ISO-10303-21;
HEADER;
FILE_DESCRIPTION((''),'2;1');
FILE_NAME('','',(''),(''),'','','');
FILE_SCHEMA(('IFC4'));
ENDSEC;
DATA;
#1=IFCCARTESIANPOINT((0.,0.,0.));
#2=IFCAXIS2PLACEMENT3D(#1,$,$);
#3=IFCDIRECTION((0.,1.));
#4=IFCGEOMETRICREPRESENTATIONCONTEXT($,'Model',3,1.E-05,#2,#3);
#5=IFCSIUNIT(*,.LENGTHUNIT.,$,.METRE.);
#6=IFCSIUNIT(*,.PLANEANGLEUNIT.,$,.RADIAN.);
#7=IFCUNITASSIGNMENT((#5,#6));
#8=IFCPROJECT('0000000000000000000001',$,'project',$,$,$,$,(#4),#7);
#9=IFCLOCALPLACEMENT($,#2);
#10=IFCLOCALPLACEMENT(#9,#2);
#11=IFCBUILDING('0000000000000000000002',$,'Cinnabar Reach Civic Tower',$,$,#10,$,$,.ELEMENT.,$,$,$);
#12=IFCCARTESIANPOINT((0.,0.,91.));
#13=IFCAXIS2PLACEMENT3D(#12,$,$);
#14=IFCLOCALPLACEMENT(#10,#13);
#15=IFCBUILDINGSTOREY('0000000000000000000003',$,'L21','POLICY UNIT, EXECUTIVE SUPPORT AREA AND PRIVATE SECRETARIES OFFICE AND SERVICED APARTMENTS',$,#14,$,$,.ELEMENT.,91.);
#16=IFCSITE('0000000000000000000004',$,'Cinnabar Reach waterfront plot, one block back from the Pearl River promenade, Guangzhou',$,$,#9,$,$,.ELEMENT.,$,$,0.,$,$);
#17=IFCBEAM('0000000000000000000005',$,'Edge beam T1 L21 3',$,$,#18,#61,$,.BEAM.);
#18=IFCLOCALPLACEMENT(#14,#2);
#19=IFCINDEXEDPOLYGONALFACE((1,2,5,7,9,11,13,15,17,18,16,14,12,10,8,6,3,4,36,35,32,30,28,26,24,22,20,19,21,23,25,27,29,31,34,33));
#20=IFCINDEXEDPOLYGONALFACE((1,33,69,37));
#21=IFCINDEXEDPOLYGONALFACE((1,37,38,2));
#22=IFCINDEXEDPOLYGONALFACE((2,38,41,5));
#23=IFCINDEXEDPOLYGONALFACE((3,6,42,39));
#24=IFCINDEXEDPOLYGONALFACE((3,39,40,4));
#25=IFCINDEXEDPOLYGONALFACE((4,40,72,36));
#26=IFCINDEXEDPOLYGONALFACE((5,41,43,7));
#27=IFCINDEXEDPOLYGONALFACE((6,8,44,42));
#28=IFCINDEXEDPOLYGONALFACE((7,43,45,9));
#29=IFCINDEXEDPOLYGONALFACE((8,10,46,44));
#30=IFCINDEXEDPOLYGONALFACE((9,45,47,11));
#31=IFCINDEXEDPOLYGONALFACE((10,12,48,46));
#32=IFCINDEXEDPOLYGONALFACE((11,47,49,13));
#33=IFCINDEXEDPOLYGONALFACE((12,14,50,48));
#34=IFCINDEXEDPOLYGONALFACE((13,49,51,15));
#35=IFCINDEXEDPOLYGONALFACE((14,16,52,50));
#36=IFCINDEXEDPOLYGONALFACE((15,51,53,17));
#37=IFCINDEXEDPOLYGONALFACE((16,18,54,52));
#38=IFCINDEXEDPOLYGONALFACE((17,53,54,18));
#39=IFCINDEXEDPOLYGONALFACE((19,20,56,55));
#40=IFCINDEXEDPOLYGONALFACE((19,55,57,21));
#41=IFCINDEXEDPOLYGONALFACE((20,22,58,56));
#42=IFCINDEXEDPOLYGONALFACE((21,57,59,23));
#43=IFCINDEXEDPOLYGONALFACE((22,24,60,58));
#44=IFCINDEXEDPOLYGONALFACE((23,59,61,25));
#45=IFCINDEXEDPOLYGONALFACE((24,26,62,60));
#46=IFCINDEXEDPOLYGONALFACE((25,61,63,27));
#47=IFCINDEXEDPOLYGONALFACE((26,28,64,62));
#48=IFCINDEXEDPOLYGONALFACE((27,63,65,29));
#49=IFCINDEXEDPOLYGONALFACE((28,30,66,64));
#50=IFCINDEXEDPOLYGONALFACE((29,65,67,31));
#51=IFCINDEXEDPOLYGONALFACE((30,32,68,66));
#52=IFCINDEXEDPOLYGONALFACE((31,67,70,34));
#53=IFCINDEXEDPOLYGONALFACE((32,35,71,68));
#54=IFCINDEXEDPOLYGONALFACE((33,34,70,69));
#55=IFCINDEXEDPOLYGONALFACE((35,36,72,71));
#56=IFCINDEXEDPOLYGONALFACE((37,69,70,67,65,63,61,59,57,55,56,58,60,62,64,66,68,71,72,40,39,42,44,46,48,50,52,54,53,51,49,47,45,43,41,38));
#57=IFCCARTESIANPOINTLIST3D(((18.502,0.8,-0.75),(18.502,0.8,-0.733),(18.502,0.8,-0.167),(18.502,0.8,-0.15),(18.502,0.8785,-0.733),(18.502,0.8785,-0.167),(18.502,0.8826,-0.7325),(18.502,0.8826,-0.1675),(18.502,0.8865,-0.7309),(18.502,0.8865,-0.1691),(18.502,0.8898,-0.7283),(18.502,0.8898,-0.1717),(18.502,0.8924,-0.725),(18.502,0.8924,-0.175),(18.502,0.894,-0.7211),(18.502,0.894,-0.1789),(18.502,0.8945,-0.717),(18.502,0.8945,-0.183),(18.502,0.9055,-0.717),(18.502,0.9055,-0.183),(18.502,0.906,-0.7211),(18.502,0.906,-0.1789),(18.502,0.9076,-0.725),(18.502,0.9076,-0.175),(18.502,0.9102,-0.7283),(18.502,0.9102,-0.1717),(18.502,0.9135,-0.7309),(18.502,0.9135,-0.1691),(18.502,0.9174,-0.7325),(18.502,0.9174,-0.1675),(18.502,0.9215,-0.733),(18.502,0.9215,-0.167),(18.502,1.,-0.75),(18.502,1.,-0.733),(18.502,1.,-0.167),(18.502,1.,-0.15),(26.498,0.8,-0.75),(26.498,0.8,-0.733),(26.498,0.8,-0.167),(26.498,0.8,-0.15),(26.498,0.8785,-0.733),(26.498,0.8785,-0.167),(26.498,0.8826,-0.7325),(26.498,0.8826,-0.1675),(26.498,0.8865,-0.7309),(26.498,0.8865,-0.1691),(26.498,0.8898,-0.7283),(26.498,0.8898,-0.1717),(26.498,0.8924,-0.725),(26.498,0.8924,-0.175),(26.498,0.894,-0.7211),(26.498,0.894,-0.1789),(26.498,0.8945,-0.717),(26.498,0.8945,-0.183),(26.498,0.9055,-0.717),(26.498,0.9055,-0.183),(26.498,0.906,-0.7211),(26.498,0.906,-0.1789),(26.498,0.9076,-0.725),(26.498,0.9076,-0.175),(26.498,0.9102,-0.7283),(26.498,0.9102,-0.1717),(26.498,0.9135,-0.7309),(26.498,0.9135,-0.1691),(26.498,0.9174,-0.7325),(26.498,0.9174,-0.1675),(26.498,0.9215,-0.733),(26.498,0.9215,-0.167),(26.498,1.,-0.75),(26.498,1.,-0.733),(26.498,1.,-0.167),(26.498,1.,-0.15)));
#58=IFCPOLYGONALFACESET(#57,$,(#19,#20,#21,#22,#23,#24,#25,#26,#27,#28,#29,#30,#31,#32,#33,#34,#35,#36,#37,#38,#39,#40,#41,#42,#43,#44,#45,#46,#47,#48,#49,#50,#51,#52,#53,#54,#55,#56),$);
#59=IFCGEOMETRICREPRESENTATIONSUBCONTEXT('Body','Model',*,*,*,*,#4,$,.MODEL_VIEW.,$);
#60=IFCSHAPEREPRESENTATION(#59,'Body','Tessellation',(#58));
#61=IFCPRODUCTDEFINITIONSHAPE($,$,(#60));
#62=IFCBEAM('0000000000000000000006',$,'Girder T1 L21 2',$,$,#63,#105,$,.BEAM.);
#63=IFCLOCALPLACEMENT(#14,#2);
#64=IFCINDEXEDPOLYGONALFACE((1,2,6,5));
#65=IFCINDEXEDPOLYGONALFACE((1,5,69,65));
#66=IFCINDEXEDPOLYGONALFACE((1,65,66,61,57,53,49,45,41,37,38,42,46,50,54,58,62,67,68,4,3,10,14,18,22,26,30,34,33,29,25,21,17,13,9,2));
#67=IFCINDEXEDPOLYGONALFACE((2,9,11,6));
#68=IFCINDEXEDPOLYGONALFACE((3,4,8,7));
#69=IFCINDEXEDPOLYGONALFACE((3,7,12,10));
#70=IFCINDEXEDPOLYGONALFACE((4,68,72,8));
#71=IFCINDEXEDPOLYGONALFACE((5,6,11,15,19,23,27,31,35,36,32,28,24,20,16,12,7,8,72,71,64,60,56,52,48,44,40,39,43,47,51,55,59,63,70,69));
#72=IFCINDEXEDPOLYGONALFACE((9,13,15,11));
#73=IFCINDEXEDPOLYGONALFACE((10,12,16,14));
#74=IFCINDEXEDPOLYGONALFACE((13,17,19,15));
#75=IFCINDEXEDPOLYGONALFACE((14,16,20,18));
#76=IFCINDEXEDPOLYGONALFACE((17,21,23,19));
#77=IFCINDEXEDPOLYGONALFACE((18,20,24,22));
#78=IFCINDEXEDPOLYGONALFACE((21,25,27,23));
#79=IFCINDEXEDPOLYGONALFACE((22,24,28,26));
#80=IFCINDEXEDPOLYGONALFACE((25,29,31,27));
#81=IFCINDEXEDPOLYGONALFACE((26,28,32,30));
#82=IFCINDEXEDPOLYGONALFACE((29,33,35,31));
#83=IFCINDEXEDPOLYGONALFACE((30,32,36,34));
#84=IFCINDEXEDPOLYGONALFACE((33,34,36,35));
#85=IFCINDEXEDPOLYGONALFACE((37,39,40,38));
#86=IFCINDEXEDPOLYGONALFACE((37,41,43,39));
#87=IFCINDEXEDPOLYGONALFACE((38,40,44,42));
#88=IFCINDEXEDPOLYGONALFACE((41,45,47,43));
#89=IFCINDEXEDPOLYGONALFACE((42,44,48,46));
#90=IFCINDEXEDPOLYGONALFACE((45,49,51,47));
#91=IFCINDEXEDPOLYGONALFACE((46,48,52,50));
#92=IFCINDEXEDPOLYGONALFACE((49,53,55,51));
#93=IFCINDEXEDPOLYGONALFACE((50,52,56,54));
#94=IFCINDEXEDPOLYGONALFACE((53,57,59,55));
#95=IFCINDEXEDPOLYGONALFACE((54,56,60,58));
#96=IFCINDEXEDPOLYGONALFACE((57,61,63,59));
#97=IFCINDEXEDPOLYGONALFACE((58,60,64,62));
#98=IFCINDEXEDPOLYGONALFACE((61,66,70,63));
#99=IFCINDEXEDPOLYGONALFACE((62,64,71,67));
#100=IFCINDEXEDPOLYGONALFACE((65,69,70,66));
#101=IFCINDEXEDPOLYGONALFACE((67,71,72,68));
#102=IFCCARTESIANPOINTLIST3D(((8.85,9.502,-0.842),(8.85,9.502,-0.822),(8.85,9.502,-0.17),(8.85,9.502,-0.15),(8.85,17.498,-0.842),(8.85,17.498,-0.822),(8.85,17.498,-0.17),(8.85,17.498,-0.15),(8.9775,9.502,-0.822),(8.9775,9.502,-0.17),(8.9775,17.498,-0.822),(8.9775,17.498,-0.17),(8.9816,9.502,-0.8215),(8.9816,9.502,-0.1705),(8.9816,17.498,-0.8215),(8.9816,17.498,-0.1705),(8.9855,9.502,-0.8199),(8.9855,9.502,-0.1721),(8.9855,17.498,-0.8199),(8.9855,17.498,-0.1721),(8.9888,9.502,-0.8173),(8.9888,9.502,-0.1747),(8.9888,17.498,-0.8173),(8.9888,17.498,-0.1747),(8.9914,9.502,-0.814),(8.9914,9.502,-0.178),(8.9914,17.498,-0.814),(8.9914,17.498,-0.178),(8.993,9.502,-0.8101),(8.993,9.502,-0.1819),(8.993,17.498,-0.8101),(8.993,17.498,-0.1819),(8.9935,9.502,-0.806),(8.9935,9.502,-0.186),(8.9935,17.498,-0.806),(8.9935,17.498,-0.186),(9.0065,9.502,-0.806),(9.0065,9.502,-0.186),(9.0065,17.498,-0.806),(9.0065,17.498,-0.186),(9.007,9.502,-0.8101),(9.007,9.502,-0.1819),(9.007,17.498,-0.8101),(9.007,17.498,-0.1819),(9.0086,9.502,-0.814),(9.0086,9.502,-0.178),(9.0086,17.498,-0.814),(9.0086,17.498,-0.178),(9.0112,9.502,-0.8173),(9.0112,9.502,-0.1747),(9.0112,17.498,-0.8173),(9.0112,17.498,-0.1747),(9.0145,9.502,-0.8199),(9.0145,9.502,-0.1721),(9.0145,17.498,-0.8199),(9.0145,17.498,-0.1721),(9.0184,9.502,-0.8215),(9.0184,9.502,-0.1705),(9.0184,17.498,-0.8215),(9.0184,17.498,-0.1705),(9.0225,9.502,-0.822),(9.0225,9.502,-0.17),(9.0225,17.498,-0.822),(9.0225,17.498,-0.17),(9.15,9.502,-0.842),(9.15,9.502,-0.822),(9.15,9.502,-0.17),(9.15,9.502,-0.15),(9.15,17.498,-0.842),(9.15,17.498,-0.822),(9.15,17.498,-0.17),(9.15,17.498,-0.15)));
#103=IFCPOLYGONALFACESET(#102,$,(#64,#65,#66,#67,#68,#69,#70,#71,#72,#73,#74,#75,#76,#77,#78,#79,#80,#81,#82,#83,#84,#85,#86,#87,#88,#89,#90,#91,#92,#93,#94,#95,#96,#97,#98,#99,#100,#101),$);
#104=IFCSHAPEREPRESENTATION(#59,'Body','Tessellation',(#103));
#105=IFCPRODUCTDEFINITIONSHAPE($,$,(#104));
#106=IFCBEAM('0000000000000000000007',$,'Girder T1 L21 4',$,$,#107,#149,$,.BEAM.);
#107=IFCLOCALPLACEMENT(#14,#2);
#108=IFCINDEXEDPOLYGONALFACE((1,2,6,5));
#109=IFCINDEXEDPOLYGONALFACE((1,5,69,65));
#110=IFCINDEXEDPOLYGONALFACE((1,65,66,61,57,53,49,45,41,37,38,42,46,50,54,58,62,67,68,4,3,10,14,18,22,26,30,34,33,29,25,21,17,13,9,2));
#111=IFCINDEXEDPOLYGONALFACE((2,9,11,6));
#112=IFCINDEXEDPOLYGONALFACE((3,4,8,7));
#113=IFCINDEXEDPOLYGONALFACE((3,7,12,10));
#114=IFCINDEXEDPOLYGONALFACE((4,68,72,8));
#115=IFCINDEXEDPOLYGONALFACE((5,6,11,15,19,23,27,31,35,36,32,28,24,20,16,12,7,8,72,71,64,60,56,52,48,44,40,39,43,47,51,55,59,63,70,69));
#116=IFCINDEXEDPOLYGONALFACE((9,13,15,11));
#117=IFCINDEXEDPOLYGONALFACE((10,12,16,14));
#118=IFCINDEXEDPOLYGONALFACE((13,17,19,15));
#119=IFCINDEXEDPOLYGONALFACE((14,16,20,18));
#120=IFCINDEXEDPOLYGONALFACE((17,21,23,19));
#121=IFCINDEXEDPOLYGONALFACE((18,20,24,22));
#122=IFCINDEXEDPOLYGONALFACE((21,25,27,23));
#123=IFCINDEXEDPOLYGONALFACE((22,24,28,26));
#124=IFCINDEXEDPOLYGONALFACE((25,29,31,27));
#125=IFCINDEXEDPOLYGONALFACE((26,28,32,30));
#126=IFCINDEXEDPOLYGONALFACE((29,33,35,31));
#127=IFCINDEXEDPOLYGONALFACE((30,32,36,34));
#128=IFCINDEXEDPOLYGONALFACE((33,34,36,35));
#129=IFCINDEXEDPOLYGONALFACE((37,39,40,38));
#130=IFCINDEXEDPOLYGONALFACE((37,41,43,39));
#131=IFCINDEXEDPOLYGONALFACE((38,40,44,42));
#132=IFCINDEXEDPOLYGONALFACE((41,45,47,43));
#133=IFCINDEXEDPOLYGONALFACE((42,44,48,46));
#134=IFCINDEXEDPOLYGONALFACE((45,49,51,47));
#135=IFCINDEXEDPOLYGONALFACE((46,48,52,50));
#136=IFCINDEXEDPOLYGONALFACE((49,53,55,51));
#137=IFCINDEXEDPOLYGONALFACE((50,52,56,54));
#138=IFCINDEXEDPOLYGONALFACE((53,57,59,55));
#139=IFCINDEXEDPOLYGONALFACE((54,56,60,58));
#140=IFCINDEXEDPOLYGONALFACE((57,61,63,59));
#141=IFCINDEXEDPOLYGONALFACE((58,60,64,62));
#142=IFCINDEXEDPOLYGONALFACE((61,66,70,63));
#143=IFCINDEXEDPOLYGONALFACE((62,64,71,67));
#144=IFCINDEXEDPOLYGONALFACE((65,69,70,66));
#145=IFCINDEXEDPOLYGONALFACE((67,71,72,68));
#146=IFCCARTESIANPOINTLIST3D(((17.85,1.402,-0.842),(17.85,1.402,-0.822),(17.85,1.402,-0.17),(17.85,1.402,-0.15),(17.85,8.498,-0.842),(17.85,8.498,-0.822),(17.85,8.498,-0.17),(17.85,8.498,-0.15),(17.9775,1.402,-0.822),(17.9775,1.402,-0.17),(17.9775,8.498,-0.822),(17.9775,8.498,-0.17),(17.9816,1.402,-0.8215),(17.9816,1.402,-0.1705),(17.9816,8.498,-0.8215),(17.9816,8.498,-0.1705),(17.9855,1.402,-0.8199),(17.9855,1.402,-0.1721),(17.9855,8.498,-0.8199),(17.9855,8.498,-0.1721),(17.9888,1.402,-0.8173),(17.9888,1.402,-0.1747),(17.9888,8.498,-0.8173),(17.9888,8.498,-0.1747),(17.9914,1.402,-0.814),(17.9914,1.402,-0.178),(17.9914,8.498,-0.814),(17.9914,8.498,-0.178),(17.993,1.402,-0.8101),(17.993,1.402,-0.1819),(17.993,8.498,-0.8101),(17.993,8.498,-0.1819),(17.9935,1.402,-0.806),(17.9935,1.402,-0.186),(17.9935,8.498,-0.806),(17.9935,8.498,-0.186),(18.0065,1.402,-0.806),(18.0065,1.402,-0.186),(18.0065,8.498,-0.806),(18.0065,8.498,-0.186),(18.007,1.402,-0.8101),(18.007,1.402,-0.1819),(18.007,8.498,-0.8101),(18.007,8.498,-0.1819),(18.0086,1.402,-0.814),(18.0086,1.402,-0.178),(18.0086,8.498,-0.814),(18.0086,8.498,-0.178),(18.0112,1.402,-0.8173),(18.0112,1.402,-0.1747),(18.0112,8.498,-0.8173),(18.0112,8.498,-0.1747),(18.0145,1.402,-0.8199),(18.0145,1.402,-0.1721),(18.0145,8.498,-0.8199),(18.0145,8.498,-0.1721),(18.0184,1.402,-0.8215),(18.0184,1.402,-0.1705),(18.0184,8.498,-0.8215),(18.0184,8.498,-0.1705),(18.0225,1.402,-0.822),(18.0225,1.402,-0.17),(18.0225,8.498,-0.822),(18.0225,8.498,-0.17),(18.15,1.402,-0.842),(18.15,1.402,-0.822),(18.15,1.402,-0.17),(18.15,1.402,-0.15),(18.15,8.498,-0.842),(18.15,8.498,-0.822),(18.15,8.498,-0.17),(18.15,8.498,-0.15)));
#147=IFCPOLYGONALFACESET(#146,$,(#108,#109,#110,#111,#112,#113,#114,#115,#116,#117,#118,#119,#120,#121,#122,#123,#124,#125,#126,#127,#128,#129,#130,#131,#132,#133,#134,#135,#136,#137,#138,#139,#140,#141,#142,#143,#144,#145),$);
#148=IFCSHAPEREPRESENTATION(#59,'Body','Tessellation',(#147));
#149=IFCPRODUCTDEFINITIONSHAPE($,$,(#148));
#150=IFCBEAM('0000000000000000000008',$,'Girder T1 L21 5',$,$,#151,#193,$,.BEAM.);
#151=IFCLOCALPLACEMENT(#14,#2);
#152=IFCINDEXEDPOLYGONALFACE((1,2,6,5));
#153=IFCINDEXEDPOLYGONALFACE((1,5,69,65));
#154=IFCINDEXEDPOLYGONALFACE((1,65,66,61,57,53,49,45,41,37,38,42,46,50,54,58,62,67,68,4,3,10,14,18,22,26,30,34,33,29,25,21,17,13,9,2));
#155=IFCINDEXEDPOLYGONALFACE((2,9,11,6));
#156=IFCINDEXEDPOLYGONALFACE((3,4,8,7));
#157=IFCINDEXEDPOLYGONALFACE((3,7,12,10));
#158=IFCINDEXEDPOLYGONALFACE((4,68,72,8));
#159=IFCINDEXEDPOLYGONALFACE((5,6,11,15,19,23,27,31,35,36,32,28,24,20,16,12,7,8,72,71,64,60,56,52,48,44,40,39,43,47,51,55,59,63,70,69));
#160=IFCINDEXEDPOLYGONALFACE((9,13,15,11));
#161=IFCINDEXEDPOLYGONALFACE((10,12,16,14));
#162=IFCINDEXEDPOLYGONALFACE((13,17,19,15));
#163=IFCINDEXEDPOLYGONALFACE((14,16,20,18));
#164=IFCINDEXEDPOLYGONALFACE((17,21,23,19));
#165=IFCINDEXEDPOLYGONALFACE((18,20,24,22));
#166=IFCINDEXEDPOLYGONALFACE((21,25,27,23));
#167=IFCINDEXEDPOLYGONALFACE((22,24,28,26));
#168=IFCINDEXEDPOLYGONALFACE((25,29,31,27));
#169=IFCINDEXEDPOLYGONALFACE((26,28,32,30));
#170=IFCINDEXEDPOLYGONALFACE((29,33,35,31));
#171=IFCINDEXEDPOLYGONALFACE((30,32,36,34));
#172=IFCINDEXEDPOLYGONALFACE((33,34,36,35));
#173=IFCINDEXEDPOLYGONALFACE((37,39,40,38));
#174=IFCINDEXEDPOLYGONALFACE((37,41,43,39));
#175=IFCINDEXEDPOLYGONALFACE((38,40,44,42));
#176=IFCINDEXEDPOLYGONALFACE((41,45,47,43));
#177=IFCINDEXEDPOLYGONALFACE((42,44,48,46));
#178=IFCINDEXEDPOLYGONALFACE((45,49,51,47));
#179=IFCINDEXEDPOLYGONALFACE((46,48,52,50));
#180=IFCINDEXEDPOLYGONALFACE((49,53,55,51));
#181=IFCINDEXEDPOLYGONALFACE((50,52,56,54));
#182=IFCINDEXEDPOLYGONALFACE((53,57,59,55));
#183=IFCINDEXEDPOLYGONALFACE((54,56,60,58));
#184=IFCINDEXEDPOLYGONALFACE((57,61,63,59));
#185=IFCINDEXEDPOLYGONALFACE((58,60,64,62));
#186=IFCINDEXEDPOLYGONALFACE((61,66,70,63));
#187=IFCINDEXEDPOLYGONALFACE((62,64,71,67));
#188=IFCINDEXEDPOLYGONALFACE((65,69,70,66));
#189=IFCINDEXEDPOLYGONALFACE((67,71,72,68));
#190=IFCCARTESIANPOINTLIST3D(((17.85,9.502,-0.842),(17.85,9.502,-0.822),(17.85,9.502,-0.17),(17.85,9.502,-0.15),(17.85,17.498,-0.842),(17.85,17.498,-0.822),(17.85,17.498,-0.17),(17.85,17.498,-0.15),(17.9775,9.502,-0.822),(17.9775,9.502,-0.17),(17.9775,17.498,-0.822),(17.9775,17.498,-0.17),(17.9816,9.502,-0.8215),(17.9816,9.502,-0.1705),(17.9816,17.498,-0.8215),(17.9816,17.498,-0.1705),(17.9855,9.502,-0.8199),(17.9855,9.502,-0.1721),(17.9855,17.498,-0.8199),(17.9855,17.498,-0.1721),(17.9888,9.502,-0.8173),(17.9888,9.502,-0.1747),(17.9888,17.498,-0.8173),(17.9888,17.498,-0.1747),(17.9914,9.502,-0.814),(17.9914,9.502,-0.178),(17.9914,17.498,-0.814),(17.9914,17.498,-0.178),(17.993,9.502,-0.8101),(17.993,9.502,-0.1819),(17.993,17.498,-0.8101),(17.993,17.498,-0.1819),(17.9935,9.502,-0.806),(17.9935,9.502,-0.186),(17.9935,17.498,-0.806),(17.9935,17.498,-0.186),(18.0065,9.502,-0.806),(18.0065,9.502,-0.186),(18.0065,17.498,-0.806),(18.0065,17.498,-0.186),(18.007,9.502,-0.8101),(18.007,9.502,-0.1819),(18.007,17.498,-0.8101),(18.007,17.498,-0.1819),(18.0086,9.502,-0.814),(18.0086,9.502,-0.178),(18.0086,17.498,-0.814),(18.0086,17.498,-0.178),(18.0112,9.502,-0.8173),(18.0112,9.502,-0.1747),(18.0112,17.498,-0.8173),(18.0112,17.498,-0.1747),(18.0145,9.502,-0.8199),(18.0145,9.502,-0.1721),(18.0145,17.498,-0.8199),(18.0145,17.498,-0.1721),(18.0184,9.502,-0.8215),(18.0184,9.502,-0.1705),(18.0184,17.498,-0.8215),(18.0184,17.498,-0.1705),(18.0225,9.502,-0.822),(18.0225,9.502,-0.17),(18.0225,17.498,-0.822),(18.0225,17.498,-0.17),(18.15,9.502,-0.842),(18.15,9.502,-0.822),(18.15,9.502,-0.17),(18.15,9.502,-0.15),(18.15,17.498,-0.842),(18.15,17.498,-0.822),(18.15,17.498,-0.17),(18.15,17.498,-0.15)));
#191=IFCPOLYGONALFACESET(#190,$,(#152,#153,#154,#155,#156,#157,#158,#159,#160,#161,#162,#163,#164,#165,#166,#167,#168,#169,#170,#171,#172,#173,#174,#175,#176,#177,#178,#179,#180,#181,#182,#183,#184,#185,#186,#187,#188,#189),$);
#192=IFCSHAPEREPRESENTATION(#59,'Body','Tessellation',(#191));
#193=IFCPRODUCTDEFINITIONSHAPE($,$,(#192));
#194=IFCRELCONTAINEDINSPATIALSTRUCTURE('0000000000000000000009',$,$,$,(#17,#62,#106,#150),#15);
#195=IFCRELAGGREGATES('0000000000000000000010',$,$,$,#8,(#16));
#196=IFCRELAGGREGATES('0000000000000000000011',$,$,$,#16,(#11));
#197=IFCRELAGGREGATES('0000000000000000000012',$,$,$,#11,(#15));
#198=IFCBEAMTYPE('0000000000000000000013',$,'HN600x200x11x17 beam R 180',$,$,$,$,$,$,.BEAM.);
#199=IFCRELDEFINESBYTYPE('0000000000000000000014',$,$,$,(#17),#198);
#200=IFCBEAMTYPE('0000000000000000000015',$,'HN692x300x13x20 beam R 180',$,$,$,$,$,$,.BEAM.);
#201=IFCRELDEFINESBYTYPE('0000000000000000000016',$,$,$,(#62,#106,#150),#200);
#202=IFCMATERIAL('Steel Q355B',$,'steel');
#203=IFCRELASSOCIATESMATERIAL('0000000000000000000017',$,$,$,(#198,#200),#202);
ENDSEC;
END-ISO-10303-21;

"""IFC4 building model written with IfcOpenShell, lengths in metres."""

from ifc_helpers import new_model, si_unit, direction, frame, origin, origin_2d, place, context, subcontext, project, spatial, i_section, extrude, material, material_profile, profile_set, type_object, element, save


model = new_model("IFC4")

# Units and contexts
model_context = context("Model", 3, precision=1e-05, world=origin(), true_north=direction((0.0, 1.0)))
body_context = subcontext(model_context, "Body", "Model", "MODEL_VIEW")
ifc_project = project(units=[si_unit("LENGTHUNIT", "METRE"), si_unit("PLANEANGLEUNIT", "RADIAN")], contexts=[model_context])

# Site, building, storey
site_placement = place(None, origin())
site = spatial("IfcSite", under=ifc_project, at=site_placement, Name="Cinnabar Reach waterfront plot, one block back from the Pearl River promenade, Guangzhou", CompositionType="ELEMENT", RefElevation=0.0)
building_placement = place(site_placement, origin())
building = spatial("IfcBuilding", under=site, at=building_placement, Name="Cinnabar Reach Civic Tower", CompositionType="ELEMENT")
storey_placement = place(building_placement, frame((0.0, 0.0, 91.0)))
storey = spatial("IfcBuildingStorey", under=building, at=storey_placement, Name="L21", Description="POLICY UNIT, EXECUTIVE SUPPORT AREA AND PRIVATE SECRETARIES OFFICE AND SERVICED APARTMENTS", CompositionType="ELEMENT", Elevation=91.0)

# Beams
ifc_material_1 = material(Name="Steel Q355B", Category="steel")
ifc_material_profile_1 = material_profile(ifc_material_1, i_section(OverallWidth=0.2, OverallDepth=0.6, WebThickness=0.011, FlangeThickness=0.017, FilletRadius=0.016, at=origin_2d()), Name="HN600x200x11x17")
ifc_profile_set_1 = profile_set([ifc_material_profile_1], Name="Steel Q355B")
beam_type_1 = type_object("IfcBeamType", Name="HN600x200x11x17 beam R 180", PredefinedType="BEAM", material=ifc_profile_set_1)
for number, where, z_axis, x_axis, name in (
    (1, (18.502, 0.9, -0.45), (1.0, 0.0, 0.0), (0.0, 1.0, 0.0), "Edge beam T1 L21 3"),
):
    element("IfcBeam", number, at=place(storey_placement, frame(where, z_axis=z_axis, x_axis=x_axis)), inside=storey, type_object=beam_type_1, Name=name, PredefinedType="BEAM", context=body_context, shape_type="SweptSolid", body=[
        extrude(i_section(OverallWidth=0.2, OverallDepth=0.6, WebThickness=0.011, FlangeThickness=0.017, FilletRadius=0.016, at=origin_2d()), origin(), (0.0, 0.0, 1.0), 7.996),
    ])
ifc_material_profile_2 = material_profile(ifc_material_1, i_section(OverallWidth=0.3, OverallDepth=0.692, WebThickness=0.013, FlangeThickness=0.02, FilletRadius=0.016, at=origin_2d()), Name="HN692x300x13x20")
ifc_profile_set_2 = profile_set([ifc_material_profile_2], Name="Steel Q355B")
beam_type_2 = type_object("IfcBeamType", Name="HN692x300x13x20 beam R 180", PredefinedType="BEAM", material=ifc_profile_set_2)
beam_1_placement = place(storey_placement, frame((9.0, 9.502, -0.496), z_axis=(0.0, 1.0, 0.0), x_axis=(-1.0, 0.0, 0.0)))
element("IfcBeam", 2, at=beam_1_placement, inside=storey, type_object=beam_type_2, Name="Girder T1 L21 2", PredefinedType="BEAM", context=body_context, shape_type="SweptSolid", body=[
    extrude(i_section(OverallWidth=0.3, OverallDepth=0.692, WebThickness=0.013, FlangeThickness=0.02, FilletRadius=0.016, at=origin_2d()), origin(), (0.0, 0.0, 1.0), 7.996),
])
beam_2_placement = place(storey_placement, frame((18.0, 1.402, -0.496), z_axis=(0.0, 1.0, 0.0), x_axis=(-1.0, 0.0, 0.0)))
element("IfcBeam", 3, at=beam_2_placement, inside=storey, type_object=beam_type_2, Name="Girder T1 L21 4", PredefinedType="BEAM", context=body_context, shape_type="SweptSolid", body=[
    extrude(i_section(OverallWidth=0.3, OverallDepth=0.692, WebThickness=0.013, FlangeThickness=0.02, FilletRadius=0.016, at=origin_2d()), origin(), (0.0, 0.0, 1.0), 7.096),
])
beam_3_placement = place(storey_placement, frame((18.0, 9.502, -0.496), z_axis=(0.0, 1.0, 0.0), x_axis=(-1.0, 0.0, 0.0)))
element("IfcBeam", 4, at=beam_3_placement, inside=storey, type_object=beam_type_2, Name="Girder T1 L21 5", PredefinedType="BEAM", context=body_context, shape_type="SweptSolid", body=[
    extrude(i_section(OverallWidth=0.3, OverallDepth=0.692, WebThickness=0.013, FlangeThickness=0.02, FilletRadius=0.016, at=origin_2d()), origin(), (0.0, 0.0, 1.0), 7.996),
])

save(model, "model.ifc")
